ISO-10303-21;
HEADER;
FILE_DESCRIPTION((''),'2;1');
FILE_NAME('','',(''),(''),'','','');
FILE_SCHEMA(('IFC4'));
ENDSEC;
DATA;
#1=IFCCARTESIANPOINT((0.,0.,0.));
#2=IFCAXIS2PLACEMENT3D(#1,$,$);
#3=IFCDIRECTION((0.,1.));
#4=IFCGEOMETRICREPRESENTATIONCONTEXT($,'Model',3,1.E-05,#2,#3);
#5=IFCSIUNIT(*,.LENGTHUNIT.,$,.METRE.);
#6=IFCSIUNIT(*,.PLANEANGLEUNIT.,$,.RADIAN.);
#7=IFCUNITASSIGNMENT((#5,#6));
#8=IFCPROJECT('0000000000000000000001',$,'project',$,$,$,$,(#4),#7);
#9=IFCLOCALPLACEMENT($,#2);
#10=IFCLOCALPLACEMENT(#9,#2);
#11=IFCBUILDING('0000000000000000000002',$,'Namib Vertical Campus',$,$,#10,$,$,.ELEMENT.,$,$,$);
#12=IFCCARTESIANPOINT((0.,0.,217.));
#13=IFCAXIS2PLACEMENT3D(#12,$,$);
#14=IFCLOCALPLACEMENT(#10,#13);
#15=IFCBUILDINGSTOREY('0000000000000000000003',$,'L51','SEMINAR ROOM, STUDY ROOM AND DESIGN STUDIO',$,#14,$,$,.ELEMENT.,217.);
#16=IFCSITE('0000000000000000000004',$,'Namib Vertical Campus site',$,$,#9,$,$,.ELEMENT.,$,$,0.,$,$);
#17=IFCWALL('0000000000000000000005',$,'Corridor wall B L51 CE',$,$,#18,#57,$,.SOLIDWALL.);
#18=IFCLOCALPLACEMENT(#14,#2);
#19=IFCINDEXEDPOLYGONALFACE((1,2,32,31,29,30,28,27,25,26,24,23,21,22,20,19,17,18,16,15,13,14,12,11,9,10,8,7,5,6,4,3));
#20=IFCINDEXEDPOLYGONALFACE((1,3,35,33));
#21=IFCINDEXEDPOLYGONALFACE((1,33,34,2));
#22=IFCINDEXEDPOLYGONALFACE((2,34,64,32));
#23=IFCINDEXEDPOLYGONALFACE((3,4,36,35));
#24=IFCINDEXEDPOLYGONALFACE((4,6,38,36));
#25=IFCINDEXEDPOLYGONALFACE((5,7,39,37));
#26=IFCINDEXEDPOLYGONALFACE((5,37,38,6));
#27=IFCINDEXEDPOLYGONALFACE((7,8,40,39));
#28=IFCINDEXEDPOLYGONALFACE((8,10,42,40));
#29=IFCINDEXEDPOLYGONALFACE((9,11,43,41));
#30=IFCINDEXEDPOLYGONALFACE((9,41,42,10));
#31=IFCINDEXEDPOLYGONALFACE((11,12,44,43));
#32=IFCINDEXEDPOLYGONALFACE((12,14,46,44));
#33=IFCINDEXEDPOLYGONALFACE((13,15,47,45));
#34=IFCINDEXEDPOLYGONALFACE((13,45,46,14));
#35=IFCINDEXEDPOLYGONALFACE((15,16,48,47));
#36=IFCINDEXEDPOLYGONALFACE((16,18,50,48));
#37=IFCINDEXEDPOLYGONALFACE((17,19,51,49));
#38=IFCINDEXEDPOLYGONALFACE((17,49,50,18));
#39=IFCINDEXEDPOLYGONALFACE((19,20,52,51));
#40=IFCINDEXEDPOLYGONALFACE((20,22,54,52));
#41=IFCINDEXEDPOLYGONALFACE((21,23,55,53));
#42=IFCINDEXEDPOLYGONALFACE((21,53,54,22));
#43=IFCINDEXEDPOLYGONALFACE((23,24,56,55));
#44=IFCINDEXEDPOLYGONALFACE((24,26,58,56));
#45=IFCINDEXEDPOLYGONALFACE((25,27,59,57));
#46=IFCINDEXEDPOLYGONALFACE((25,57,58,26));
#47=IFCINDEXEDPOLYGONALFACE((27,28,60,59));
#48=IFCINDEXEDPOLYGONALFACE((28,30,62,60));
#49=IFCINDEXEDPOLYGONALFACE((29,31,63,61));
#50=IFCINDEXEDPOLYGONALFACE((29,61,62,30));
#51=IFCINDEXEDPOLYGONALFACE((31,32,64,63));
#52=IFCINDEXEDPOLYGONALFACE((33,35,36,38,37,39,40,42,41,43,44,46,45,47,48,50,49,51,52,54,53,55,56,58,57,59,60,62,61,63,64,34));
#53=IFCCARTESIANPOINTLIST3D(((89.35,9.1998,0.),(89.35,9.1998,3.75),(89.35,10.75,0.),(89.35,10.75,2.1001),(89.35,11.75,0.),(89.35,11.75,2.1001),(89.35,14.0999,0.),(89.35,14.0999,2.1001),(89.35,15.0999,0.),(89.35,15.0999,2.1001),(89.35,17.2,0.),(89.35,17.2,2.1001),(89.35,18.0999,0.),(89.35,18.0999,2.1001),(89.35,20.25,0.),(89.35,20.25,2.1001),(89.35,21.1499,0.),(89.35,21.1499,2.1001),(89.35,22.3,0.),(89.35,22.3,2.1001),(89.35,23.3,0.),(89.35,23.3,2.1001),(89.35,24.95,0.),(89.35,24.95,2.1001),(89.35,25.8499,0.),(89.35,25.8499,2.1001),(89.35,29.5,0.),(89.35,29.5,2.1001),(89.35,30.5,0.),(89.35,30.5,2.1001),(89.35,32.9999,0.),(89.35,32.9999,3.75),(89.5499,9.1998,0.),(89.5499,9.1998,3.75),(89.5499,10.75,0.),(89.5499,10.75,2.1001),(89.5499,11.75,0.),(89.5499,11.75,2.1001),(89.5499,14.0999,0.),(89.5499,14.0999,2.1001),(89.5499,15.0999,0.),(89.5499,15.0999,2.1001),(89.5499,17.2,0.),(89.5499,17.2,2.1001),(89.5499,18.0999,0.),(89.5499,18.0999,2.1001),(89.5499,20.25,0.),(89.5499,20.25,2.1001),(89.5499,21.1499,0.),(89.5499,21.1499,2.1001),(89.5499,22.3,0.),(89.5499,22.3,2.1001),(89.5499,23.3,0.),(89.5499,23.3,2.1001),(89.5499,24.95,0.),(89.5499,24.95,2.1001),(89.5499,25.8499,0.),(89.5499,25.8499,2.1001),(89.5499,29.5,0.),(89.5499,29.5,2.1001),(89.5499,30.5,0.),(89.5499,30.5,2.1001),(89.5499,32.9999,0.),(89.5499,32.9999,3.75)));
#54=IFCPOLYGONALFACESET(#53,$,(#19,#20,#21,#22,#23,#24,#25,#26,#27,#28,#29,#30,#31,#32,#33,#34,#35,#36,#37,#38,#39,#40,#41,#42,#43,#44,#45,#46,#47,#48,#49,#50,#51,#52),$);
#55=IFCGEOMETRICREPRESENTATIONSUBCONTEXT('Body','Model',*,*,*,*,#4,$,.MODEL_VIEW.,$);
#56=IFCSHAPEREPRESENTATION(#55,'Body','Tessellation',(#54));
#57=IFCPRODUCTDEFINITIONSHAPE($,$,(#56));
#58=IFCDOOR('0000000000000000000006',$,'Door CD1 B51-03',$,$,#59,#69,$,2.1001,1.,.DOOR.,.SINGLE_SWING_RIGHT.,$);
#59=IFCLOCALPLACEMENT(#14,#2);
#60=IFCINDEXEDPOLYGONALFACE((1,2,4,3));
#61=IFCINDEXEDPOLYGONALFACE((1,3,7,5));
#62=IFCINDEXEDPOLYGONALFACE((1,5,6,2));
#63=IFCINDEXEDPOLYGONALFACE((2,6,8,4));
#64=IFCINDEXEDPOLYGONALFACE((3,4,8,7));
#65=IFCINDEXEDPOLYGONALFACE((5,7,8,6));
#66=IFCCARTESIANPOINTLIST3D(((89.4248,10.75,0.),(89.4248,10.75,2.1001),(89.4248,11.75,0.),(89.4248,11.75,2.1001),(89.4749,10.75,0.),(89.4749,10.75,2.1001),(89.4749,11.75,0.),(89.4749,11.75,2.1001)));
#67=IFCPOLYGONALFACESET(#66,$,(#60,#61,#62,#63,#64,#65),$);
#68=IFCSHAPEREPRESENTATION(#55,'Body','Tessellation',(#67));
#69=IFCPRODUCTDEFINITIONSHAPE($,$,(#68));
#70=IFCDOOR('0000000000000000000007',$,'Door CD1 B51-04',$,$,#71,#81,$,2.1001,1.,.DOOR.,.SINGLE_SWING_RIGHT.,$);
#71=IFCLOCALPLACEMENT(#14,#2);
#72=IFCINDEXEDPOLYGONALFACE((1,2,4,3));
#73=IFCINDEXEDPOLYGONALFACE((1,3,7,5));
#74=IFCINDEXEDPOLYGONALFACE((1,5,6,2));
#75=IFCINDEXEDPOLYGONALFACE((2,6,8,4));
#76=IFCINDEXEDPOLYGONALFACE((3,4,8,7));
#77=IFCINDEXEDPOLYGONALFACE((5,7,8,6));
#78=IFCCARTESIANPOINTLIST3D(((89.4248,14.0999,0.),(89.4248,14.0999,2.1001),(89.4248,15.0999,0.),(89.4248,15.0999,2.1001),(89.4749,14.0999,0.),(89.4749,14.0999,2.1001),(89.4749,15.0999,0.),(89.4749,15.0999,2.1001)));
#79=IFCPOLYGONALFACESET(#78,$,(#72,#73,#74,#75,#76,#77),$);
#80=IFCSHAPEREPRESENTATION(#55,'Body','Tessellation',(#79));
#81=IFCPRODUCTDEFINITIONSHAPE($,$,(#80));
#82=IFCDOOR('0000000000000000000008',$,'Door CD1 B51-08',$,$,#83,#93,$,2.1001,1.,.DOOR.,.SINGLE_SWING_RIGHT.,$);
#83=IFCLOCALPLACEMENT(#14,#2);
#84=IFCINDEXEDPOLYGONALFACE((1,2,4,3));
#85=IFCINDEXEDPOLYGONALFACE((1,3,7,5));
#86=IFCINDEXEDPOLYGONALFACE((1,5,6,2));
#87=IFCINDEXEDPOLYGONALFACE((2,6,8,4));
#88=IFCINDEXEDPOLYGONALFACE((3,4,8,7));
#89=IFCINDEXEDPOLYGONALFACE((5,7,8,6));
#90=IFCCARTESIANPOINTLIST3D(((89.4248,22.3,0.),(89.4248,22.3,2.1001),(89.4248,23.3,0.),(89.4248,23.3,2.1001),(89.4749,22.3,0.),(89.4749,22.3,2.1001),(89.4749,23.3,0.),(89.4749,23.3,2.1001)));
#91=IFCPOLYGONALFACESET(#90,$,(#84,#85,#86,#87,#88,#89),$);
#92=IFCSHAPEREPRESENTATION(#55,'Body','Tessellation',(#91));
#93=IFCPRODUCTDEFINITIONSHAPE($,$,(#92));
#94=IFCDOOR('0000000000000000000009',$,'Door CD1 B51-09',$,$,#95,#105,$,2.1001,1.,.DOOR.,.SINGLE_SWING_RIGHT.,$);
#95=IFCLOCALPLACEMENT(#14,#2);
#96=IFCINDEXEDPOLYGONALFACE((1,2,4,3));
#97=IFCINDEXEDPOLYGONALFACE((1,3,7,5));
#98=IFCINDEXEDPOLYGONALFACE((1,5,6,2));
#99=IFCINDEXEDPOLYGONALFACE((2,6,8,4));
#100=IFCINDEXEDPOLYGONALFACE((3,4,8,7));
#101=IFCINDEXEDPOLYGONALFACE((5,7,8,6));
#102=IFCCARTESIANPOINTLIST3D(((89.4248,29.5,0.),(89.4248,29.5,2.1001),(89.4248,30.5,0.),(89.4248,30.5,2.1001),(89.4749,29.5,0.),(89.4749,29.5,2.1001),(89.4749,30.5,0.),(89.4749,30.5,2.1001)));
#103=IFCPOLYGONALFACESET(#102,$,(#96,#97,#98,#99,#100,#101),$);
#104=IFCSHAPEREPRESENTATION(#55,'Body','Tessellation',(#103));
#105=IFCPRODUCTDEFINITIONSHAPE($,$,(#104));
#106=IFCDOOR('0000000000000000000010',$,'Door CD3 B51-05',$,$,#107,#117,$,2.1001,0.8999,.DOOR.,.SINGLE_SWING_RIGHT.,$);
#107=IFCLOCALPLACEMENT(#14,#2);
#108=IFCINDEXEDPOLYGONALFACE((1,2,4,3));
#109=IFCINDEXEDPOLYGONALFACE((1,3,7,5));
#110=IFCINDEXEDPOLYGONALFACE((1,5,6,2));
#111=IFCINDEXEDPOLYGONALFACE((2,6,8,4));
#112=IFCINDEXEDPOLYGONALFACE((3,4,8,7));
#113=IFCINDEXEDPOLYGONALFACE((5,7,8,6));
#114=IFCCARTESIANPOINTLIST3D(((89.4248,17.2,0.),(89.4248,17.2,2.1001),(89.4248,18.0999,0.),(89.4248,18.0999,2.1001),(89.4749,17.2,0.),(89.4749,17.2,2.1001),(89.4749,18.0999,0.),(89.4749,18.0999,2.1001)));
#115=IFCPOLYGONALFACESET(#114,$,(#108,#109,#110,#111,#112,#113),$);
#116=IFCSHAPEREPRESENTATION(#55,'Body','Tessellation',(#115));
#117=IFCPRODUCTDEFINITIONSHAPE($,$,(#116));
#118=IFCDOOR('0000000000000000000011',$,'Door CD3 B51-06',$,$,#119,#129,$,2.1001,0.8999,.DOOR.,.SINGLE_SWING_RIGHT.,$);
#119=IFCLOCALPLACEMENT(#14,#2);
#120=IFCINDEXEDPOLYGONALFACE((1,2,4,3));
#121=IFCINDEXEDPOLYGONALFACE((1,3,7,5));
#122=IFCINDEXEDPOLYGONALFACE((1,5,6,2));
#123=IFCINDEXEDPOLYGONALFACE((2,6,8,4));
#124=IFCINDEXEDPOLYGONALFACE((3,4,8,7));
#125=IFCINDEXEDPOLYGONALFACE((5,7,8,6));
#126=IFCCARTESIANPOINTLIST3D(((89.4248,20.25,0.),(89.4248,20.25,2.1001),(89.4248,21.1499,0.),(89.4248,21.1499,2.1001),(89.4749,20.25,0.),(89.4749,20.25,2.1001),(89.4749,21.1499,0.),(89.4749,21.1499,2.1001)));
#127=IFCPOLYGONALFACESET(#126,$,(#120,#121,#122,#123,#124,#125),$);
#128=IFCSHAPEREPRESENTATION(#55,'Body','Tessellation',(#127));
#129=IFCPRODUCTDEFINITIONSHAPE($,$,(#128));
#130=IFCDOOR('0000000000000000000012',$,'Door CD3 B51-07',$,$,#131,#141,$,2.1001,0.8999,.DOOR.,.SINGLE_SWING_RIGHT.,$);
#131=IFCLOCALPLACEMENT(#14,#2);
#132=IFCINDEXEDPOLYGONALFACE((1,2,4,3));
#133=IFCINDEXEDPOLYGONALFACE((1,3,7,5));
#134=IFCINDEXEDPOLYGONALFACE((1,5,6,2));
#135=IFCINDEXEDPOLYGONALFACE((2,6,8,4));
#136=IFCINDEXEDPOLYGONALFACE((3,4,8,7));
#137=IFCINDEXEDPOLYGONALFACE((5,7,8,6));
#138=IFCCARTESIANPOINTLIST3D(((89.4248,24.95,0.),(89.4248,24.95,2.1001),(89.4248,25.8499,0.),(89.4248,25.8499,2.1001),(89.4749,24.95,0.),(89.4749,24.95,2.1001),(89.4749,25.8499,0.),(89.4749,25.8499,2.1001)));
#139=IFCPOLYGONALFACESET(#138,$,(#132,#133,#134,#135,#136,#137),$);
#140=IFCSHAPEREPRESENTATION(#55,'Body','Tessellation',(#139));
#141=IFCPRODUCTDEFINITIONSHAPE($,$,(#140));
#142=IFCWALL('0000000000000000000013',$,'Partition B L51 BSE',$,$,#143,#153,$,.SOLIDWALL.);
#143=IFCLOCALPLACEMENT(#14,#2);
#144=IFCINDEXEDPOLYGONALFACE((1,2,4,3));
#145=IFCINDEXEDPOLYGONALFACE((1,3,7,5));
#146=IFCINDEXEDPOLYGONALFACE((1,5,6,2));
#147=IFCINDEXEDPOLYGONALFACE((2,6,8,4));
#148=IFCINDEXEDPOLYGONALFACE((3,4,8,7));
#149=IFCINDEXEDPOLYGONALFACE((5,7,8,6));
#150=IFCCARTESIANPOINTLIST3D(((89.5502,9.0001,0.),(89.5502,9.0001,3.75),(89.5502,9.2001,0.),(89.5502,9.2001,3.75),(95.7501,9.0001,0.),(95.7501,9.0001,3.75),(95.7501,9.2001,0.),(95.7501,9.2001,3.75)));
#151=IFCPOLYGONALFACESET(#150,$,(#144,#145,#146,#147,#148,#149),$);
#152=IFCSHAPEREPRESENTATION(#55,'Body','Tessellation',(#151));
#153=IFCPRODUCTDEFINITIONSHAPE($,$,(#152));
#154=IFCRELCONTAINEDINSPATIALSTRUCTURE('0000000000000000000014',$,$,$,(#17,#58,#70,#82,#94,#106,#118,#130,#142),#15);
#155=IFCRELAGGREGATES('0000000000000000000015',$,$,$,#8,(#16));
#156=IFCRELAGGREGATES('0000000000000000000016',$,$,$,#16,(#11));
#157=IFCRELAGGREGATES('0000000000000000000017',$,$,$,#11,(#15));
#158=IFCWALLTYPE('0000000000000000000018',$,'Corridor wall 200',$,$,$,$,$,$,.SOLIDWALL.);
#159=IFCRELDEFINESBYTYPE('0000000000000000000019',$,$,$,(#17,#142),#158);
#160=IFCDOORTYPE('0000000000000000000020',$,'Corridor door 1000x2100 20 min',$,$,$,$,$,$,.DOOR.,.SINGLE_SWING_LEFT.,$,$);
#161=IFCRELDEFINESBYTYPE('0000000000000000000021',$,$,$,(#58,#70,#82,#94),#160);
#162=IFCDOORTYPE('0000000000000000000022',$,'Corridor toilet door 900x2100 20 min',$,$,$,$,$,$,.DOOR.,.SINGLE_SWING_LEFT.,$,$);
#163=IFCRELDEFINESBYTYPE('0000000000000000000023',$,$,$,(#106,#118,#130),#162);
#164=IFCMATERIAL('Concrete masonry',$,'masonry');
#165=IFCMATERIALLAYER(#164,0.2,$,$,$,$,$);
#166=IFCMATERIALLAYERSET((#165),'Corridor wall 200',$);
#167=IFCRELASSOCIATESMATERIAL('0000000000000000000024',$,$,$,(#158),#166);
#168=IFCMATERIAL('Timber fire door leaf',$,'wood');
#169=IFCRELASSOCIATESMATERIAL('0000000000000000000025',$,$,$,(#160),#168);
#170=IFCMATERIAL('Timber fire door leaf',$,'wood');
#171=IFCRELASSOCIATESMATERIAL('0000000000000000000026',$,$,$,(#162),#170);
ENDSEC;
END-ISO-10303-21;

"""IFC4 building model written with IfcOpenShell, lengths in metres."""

from ifc_helpers import new_model, si_unit, direction, frame, frame_2d, origin, place, context, subcontext, project, spatial, rectangle, extrude, material, layer, layer_set, type_object, element, fill, save


model = new_model("IFC4")

# Units and contexts
model_context = context("Model", 3, precision=1e-05, world=origin(), true_north=direction((0.0, 1.0)))
body_context = subcontext(model_context, "Body", "Model", "MODEL_VIEW")
ifc_project = project(units=[si_unit("LENGTHUNIT", "METRE"), si_unit("PLANEANGLEUNIT", "RADIAN")], contexts=[model_context])

# Site, building, storey
site_placement = place(None, origin())
site = spatial("IfcSite", under=ifc_project, at=site_placement, Name="Namib Vertical Campus site", CompositionType="ELEMENT", RefElevation=0.0)
building_placement = place(site_placement, origin())
building = spatial("IfcBuilding", under=site, at=building_placement, Name="Namib Vertical Campus", CompositionType="ELEMENT")
storey_placement = place(building_placement, frame((0.0, 0.0, 217.0)))
storey = spatial("IfcBuildingStorey", under=building, at=storey_placement, Name="L51", Description="SEMINAR ROOM, STUDY ROOM AND DESIGN STUDIO", CompositionType="ELEMENT", Elevation=217.0)

# Wall, openings, doors
ifc_material_1 = material(Name="Concrete masonry", Category="masonry")
ifc_layer_1 = layer(ifc_material_1, 0.2)
ifc_layer_set_1 = layer_set([ifc_layer_1], Name="Corridor wall 200")
wall_type_1 = type_object("IfcWallType", Name="Corridor wall 200", PredefinedType="SOLIDWALL", material=ifc_layer_set_1)
wall_1_placement = place(storey_placement, frame((89.45, 9.2, 0.0), z_axis=(0.0, 0.0, 1.0), x_axis=(0.0, 1.0, 0.0)))
wall_1 = element("IfcWall", 1, at=wall_1_placement, inside=storey, type_object=wall_type_1, Name="Corridor wall B L51 CE", PredefinedType="SOLIDWALL", context=body_context, shape_type="SweptSolid", body=[
    extrude(rectangle(XDim=23.8, YDim=0.2, at=frame_2d((11.8999, 0.0))), origin(), (0.0, 0.0, 1.0), 3.75),
])
opening_1_placement = place(wall_1_placement, frame((1.55, 0.0, 0.0)))
opening_1 = element("IfcOpeningElement", 2, at=opening_1_placement, cuts=wall_1, PredefinedType="OPENING", context=body_context, shape_type="SweptSolid", body=[
    extrude(rectangle(XDim=1.0, YDim=2.1001, at=frame_2d((0.5, 1.05))), frame((0.0, 0.1099, 0.0), z_axis=(0.0, -1.0, 0.0), x_axis=(1.0, 0.0, 0.0)), (0.0, 0.0, 1.0), 0.22),
])
opening_2_placement = place(wall_1_placement, frame((4.8999, 0.0, 0.0)))
opening_2 = element("IfcOpeningElement", 3, at=opening_2_placement, cuts=wall_1, PredefinedType="OPENING", context=body_context, shape_type="SweptSolid", body=[
    extrude(rectangle(XDim=1.0, YDim=2.1001, at=frame_2d((0.5, 1.05))), frame((0.0, 0.1099, 0.0), z_axis=(0.0, -1.0, 0.0), x_axis=(1.0, 0.0, 0.0)), (0.0, 0.0, 1.0), 0.22),
])
opening_3_placement = place(wall_1_placement, frame((8.0, 0.0, 0.0)))
opening_3 = element("IfcOpeningElement", 4, at=opening_3_placement, cuts=wall_1, PredefinedType="OPENING", context=body_context, shape_type="SweptSolid", body=[
    extrude(rectangle(XDim=0.8999, YDim=2.1001, at=frame_2d((0.45, 1.05))), frame((0.0, 0.1099, 0.0), z_axis=(0.0, -1.0, 0.0), x_axis=(1.0, 0.0, 0.0)), (0.0, 0.0, 1.0), 0.22),
])
opening_4_placement = place(wall_1_placement, frame((11.05, 0.0, 0.0)))
opening_4 = element("IfcOpeningElement", 5, at=opening_4_placement, cuts=wall_1, PredefinedType="OPENING", context=body_context, shape_type="SweptSolid", body=[
    extrude(rectangle(XDim=0.8999, YDim=2.1001, at=frame_2d((0.45, 1.05))), frame((0.0, 0.1099, 0.0), z_axis=(0.0, -1.0, 0.0), x_axis=(1.0, 0.0, 0.0)), (0.0, 0.0, 1.0), 0.22),
])
opening_5_placement = place(wall_1_placement, frame((15.75, 0.0, 0.0)))
opening_5 = element("IfcOpeningElement", 6, at=opening_5_placement, cuts=wall_1, PredefinedType="OPENING", context=body_context, shape_type="SweptSolid", body=[
    extrude(rectangle(XDim=0.8999, YDim=2.1001, at=frame_2d((0.45, 1.05))), frame((0.0, 0.1099, 0.0), z_axis=(0.0, -1.0, 0.0), x_axis=(1.0, 0.0, 0.0)), (0.0, 0.0, 1.0), 0.22),
])
opening_6_placement = place(wall_1_placement, frame((13.1001, 0.0, 0.0)))
opening_6 = element("IfcOpeningElement", 7, at=opening_6_placement, cuts=wall_1, PredefinedType="OPENING", context=body_context, shape_type="SweptSolid", body=[
    extrude(rectangle(XDim=1.0, YDim=2.1001, at=frame_2d((0.5, 1.05))), frame((0.0, 0.1099, 0.0), z_axis=(0.0, -1.0, 0.0), x_axis=(1.0, 0.0, 0.0)), (0.0, 0.0, 1.0), 0.22),
])
opening_7_placement = place(wall_1_placement, frame((20.3, 0.0, 0.0)))
opening_7 = element("IfcOpeningElement", 8, at=opening_7_placement, cuts=wall_1, PredefinedType="OPENING", context=body_context, shape_type="SweptSolid", body=[
    extrude(rectangle(XDim=1.0, YDim=2.1001, at=frame_2d((0.5, 1.05))), frame((0.0, 0.1099, 0.0), z_axis=(0.0, -1.0, 0.0), x_axis=(1.0, 0.0, 0.0)), (0.0, 0.0, 1.0), 0.22),
])
ifc_material_2 = material(Name="Timber fire door leaf", Category="wood")
door_type_1 = type_object("IfcDoorType", Name="Corridor door 1000x2100 20 min", OperationType="SINGLE_SWING_LEFT", PredefinedType="DOOR", material=ifc_material_2)
door_1_placement = place(opening_1_placement, frame((1.0, 0.0, 0.0), z_axis=(0.0, 0.0, 1.0), x_axis=(-1.0, 0.0, 0.0)))
door_1 = element("IfcDoor", 9, at=door_1_placement, inside=storey, type_object=door_type_1, Name="Door CD1 B51-03", OperationType="SINGLE_SWING_RIGHT", OverallHeight=2.1001, OverallWidth=1.0, PredefinedType="DOOR", context=body_context, shape_type="SweptSolid", body=[
    extrude(rectangle(XDim=1.0, YDim=2.1001, at=frame_2d((0.5, 1.05))), frame((0.0, 0.0249, 0.0), z_axis=(0.0, -1.0, 0.0), x_axis=(1.0, 0.0, 0.0)), (0.0, 0.0, 1.0), 0.05),
])
fill(opening_1, door_1)
door_2_placement = place(opening_2_placement, frame((1.0, 0.0, 0.0), z_axis=(0.0, 0.0, 1.0), x_axis=(-1.0, 0.0, 0.0)))
door_2 = element("IfcDoor", 10, at=door_2_placement, inside=storey, type_object=door_type_1, Name="Door CD1 B51-04", OperationType="SINGLE_SWING_RIGHT", OverallHeight=2.1001, OverallWidth=1.0, PredefinedType="DOOR", context=body_context, shape_type="SweptSolid", body=[
    extrude(rectangle(XDim=1.0, YDim=2.1001, at=frame_2d((0.5, 1.05))), frame((0.0, 0.0249, 0.0), z_axis=(0.0, -1.0, 0.0), x_axis=(1.0, 0.0, 0.0)), (0.0, 0.0, 1.0), 0.05),
])
fill(opening_2, door_2)
door_3_placement = place(opening_6_placement, frame((1.0, 0.0, 0.0), z_axis=(0.0, 0.0, 1.0), x_axis=(-1.0, 0.0, 0.0)))
door_3 = element("IfcDoor", 11, at=door_3_placement, inside=storey, type_object=door_type_1, Name="Door CD1 B51-08", OperationType="SINGLE_SWING_RIGHT", OverallHeight=2.1001, OverallWidth=1.0, PredefinedType="DOOR", context=body_context, shape_type="SweptSolid", body=[
    extrude(rectangle(XDim=1.0, YDim=2.1001, at=frame_2d((0.5, 1.05))), frame((0.0, 0.0249, 0.0), z_axis=(0.0, -1.0, 0.0), x_axis=(1.0, 0.0, 0.0)), (0.0, 0.0, 1.0), 0.05),
])
fill(opening_6, door_3)
door_4_placement = place(opening_7_placement, frame((1.0, 0.0, 0.0), z_axis=(0.0, 0.0, 1.0), x_axis=(-1.0, 0.0, 0.0)))
door_4 = element("IfcDoor", 12, at=door_4_placement, inside=storey, type_object=door_type_1, Name="Door CD1 B51-09", OperationType="SINGLE_SWING_RIGHT", OverallHeight=2.1001, OverallWidth=1.0, PredefinedType="DOOR", context=body_context, shape_type="SweptSolid", body=[
    extrude(rectangle(XDim=1.0, YDim=2.1001, at=frame_2d((0.5, 1.05))), frame((0.0, 0.0249, 0.0), z_axis=(0.0, -1.0, 0.0), x_axis=(1.0, 0.0, 0.0)), (0.0, 0.0, 1.0), 0.05),
])
fill(opening_7, door_4)
ifc_material_3 = material(Name="Timber fire door leaf", Category="wood")
door_type_2 = type_object("IfcDoorType", Name="Corridor toilet door 900x2100 20 min", OperationType="SINGLE_SWING_LEFT", PredefinedType="DOOR", material=ifc_material_3)
door_5_placement = place(opening_3_placement, frame((0.8999, 0.0, 0.0), z_axis=(0.0, 0.0, 1.0), x_axis=(-1.0, 0.0, 0.0)))
door_5 = element("IfcDoor", 13, at=door_5_placement, inside=storey, type_object=door_type_2, Name="Door CD3 B51-05", OperationType="SINGLE_SWING_RIGHT", OverallHeight=2.1001, OverallWidth=0.8999, PredefinedType="DOOR", context=body_context, shape_type="SweptSolid", body=[
    extrude(rectangle(XDim=0.8999, YDim=2.1001, at=frame_2d((0.45, 1.05))), frame((0.0, 0.0249, 0.0), z_axis=(0.0, -1.0, 0.0), x_axis=(1.0, 0.0, 0.0)), (0.0, 0.0, 1.0), 0.05),
])
fill(opening_3, door_5)
door_6_placement = place(opening_4_placement, frame((0.8999, 0.0, 0.0), z_axis=(0.0, 0.0, 1.0), x_axis=(-1.0, 0.0, 0.0)))
door_6 = element("IfcDoor", 14, at=door_6_placement, inside=storey, type_object=door_type_2, Name="Door CD3 B51-06", OperationType="SINGLE_SWING_RIGHT", OverallHeight=2.1001, OverallWidth=0.8999, PredefinedType="DOOR", context=body_context, shape_type="SweptSolid", body=[
    extrude(rectangle(XDim=0.8999, YDim=2.1001, at=frame_2d((0.45, 1.05))), frame((0.0, 0.0249, 0.0), z_axis=(0.0, -1.0, 0.0), x_axis=(1.0, 0.0, 0.0)), (0.0, 0.0, 1.0), 0.05),
])
fill(opening_4, door_6)
door_7_placement = place(opening_5_placement, frame((0.8999, 0.0, 0.0), z_axis=(0.0, 0.0, 1.0), x_axis=(-1.0, 0.0, 0.0)))
door_7 = element("IfcDoor", 15, at=door_7_placement, inside=storey, type_object=door_type_2, Name="Door CD3 B51-07", OperationType="SINGLE_SWING_RIGHT", OverallHeight=2.1001, OverallWidth=0.8999, PredefinedType="DOOR", context=body_context, shape_type="SweptSolid", body=[
    extrude(rectangle(XDim=0.8999, YDim=2.1001, at=frame_2d((0.45, 1.05))), frame((0.0, 0.0249, 0.0), z_axis=(0.0, -1.0, 0.0), x_axis=(1.0, 0.0, 0.0)), (0.0, 0.0, 1.0), 0.05),
])
fill(opening_5, door_7)

# Wall
wall_2_placement = place(storey_placement, frame((89.55, 9.1001, 0.0), z_axis=(0.0, 0.0, 1.0), x_axis=(1.0, 0.0, 0.0)))
element("IfcWall", 16, at=wall_2_placement, inside=storey, type_object=wall_type_1, Name="Partition B L51 BSE", PredefinedType="SOLIDWALL", context=body_context, shape_type="SweptSolid", body=[
    extrude(rectangle(XDim=6.2, YDim=0.2, at=frame_2d((3.1001, 0.0))), origin(), (0.0, 0.0, 1.0), 3.75),
])

save(model, "model.ifc")
